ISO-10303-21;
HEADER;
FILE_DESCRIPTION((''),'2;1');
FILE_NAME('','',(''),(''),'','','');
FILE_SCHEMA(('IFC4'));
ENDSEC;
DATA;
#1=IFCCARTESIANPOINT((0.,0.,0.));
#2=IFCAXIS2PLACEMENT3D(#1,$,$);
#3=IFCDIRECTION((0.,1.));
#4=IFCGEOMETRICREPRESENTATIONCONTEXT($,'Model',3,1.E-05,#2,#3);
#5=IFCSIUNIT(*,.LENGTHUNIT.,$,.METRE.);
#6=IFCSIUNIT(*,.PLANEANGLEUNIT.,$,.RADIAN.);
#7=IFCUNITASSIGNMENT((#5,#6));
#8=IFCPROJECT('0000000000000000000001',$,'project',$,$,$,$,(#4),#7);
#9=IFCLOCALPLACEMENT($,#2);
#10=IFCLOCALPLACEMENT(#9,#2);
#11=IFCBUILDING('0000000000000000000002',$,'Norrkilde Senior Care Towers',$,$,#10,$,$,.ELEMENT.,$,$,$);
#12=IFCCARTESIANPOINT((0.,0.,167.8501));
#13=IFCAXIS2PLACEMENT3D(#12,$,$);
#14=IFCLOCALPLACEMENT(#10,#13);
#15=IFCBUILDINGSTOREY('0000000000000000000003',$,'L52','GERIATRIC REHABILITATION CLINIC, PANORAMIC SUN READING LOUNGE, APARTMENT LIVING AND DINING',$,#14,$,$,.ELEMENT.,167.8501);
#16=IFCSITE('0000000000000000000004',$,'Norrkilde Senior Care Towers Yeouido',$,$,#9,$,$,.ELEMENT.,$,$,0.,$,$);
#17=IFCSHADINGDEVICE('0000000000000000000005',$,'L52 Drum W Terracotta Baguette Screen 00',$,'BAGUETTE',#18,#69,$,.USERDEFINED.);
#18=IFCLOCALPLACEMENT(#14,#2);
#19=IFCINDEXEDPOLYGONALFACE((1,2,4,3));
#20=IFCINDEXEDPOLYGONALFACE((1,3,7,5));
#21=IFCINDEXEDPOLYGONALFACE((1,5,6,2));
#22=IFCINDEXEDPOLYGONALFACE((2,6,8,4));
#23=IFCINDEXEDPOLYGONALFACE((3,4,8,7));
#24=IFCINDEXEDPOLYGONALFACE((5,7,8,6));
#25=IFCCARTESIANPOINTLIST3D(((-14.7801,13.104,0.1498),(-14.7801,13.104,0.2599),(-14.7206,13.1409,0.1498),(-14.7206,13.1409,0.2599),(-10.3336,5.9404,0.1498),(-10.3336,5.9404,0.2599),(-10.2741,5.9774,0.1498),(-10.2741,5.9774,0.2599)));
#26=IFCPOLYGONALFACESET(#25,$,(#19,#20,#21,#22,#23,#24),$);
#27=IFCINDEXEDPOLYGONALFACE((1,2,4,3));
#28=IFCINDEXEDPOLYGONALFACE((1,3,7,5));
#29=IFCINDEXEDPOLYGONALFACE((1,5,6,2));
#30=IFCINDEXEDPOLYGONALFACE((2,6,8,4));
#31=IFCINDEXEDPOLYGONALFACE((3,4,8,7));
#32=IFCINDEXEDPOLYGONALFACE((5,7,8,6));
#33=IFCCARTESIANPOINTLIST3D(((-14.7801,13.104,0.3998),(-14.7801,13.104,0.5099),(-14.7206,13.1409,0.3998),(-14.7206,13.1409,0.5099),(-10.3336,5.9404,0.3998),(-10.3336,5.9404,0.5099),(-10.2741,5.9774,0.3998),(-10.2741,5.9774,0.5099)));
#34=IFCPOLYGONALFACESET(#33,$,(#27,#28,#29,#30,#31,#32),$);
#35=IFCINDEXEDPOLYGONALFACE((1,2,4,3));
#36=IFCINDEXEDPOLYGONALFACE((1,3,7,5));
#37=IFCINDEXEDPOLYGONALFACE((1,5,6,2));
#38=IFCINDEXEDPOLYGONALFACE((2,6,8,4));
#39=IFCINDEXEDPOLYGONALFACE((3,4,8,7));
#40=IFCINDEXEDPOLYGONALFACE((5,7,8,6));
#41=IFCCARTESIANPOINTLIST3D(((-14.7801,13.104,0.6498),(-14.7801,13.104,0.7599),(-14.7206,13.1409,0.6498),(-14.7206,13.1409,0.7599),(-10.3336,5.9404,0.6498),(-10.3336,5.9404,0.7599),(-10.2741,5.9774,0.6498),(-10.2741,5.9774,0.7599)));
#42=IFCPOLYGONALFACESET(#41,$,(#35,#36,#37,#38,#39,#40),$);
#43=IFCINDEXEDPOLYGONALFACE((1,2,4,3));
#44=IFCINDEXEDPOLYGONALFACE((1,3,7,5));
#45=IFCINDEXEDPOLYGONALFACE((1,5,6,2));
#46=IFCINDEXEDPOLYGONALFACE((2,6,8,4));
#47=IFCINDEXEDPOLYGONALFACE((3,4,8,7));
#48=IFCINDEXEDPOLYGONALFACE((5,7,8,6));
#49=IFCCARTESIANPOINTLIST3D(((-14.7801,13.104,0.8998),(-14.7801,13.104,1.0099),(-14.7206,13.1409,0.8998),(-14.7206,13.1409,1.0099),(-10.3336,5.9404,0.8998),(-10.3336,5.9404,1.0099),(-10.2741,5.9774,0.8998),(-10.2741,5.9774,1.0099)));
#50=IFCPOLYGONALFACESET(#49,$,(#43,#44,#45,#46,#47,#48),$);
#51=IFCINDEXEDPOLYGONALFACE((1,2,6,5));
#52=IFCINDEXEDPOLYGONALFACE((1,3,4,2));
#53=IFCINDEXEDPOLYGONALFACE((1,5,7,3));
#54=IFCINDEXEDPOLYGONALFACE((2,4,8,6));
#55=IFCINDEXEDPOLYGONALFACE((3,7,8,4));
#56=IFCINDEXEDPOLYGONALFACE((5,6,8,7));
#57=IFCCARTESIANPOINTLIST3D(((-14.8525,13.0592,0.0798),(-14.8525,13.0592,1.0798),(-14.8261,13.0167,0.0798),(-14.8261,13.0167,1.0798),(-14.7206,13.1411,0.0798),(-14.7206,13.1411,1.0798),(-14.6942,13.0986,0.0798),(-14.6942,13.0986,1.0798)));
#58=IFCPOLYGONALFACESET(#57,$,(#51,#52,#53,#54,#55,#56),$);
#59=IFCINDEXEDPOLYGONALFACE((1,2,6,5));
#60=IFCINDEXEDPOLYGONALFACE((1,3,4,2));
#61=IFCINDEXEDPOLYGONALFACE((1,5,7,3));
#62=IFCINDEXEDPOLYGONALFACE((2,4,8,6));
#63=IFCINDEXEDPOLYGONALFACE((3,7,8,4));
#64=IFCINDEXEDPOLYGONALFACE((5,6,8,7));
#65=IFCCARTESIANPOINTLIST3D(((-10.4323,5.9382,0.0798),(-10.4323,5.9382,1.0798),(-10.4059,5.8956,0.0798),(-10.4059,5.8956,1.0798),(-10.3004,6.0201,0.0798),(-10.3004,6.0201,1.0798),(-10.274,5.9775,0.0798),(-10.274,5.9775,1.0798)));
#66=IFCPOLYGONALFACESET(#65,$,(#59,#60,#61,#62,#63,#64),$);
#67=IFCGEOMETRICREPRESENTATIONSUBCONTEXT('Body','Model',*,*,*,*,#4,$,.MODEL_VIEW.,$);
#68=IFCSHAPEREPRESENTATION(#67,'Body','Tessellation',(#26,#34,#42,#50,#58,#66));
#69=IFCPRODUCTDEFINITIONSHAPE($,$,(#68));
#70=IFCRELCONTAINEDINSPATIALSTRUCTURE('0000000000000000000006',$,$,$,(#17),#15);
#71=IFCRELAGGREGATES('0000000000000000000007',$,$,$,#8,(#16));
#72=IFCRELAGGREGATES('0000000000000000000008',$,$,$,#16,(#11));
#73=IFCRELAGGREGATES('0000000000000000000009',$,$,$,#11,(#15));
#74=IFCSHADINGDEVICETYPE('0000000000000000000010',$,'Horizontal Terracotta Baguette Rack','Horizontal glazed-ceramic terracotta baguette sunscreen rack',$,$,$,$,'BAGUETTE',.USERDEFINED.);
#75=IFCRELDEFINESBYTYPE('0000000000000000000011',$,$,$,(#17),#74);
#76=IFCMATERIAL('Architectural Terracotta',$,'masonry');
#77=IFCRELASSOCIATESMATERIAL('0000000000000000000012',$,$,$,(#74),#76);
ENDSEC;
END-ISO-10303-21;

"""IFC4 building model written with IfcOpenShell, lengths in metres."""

from ifc_helpers import new_model, si_unit, direction, frame, origin, origin_2d, place, context, subcontext, project, spatial, rectangle, extrude, source, transform, mapped, material, type_object, type_shapes, element, save


model = new_model("IFC4")

# Units and contexts
model_context = context("Model", 3, precision=1e-05, world=origin(), true_north=direction((0.0, 1.0)))
body_context = subcontext(model_context, "Body", "Model", "MODEL_VIEW")
ifc_project = project(units=[si_unit("LENGTHUNIT", "METRE"), si_unit("PLANEANGLEUNIT", "RADIAN")], contexts=[model_context])

# Site, building, storey
site_placement = place(None, origin())
site = spatial("IfcSite", under=ifc_project, at=site_placement, Name="Norrkilde Senior Care Towers Yeouido", CompositionType="ELEMENT", RefElevation=0.0)
building_placement = place(site_placement, origin())
building = spatial("IfcBuilding", under=site, at=building_placement, Name="Norrkilde Senior Care Towers", CompositionType="ELEMENT")
storey_placement = place(building_placement, frame((0.0, 0.0, 167.8501)))
storey = spatial("IfcBuildingStorey", under=building, at=storey_placement, Name="L52", Description="GERIATRIC REHABILITATION CLINIC, PANORAMIC SUN READING LOUNGE, APARTMENT LIVING AND DINING", CompositionType="ELEMENT", Elevation=167.8501)

# Shading device
ifc_material_1 = material(Name="Architectural Terracotta", Category="masonry")
shading_device_type = type_object("IfcShadingDeviceType", Name="Horizontal Terracotta Baguette Rack", Description="Horizontal glazed-ceramic terracotta baguette sunscreen rack", ElementType="BAGUETTE", PredefinedType="USERDEFINED", material=ifc_material_1)
shared_shape_1 = source(origin(), body_context, "Body", "SweptSolid", [
    extrude(rectangle(XDim=0.0701, YDim=0.1101, at=origin_2d()), frame((0.0, 0.0901, 0.125), z_axis=(1.0, 0.0, 0.0), x_axis=(0.0, 1.0, 0.0)), (0.0, 0.0, 1.0), 8.4314),
    extrude(rectangle(XDim=0.0701, YDim=0.1101, at=origin_2d()), frame((0.0, 0.0901, 0.375), z_axis=(1.0, 0.0, 0.0), x_axis=(0.0, 1.0, 0.0)), (0.0, 0.0, 1.0), 8.4314),
    extrude(rectangle(XDim=0.0701, YDim=0.1101, at=origin_2d()), frame((0.0, 0.0901, 0.625), z_axis=(1.0, 0.0, 0.0), x_axis=(0.0, 1.0, 0.0)), (0.0, 0.0, 1.0), 8.4314),
    extrude(rectangle(XDim=0.0701, YDim=0.1101, at=origin_2d()), frame((0.0, 0.0901, 0.875), z_axis=(1.0, 0.0, 0.0), x_axis=(0.0, 1.0, 0.0)), (0.0, 0.0, 1.0), 8.4314),
    extrude(rectangle(XDim=0.05, YDim=0.1553, at=origin_2d()), frame((0.0249, 0.0476, 0.0)), (0.0, 0.0, 1.0), 1.0),
    extrude(rectangle(XDim=0.05, YDim=0.1553, at=origin_2d()), frame((8.4062, 0.0476, 0.0)), (0.0, 0.0, 1.0), 1.0),
])
type_shapes(shading_device_type, [shared_shape_1])
shading_device_placement = place(storey_placement, frame((-14.8269, 13.075, 0.0798), z_axis=(0.0, 0.0, 1.0), x_axis=(0.527378, -0.849631, 0.0)))
element("IfcShadingDevice", 1, at=shading_device_placement, inside=storey, type_object=shading_device_type, Name="L52 Drum W Terracotta Baguette Screen 00", ObjectType="BAGUETTE", PredefinedType="USERDEFINED", context=body_context, shape_type="MappedRepresentation", body=[
    mapped(shared_shape_1, transform((0.0, 0.0, 0.0), x_axis=(1.0, 0.0, 0.0), y_axis=(0.0, 1.0, 0.0), z_axis=(0.0, 0.0, 1.0), scale=1.0)),
])

save(model, "model.ifc")
